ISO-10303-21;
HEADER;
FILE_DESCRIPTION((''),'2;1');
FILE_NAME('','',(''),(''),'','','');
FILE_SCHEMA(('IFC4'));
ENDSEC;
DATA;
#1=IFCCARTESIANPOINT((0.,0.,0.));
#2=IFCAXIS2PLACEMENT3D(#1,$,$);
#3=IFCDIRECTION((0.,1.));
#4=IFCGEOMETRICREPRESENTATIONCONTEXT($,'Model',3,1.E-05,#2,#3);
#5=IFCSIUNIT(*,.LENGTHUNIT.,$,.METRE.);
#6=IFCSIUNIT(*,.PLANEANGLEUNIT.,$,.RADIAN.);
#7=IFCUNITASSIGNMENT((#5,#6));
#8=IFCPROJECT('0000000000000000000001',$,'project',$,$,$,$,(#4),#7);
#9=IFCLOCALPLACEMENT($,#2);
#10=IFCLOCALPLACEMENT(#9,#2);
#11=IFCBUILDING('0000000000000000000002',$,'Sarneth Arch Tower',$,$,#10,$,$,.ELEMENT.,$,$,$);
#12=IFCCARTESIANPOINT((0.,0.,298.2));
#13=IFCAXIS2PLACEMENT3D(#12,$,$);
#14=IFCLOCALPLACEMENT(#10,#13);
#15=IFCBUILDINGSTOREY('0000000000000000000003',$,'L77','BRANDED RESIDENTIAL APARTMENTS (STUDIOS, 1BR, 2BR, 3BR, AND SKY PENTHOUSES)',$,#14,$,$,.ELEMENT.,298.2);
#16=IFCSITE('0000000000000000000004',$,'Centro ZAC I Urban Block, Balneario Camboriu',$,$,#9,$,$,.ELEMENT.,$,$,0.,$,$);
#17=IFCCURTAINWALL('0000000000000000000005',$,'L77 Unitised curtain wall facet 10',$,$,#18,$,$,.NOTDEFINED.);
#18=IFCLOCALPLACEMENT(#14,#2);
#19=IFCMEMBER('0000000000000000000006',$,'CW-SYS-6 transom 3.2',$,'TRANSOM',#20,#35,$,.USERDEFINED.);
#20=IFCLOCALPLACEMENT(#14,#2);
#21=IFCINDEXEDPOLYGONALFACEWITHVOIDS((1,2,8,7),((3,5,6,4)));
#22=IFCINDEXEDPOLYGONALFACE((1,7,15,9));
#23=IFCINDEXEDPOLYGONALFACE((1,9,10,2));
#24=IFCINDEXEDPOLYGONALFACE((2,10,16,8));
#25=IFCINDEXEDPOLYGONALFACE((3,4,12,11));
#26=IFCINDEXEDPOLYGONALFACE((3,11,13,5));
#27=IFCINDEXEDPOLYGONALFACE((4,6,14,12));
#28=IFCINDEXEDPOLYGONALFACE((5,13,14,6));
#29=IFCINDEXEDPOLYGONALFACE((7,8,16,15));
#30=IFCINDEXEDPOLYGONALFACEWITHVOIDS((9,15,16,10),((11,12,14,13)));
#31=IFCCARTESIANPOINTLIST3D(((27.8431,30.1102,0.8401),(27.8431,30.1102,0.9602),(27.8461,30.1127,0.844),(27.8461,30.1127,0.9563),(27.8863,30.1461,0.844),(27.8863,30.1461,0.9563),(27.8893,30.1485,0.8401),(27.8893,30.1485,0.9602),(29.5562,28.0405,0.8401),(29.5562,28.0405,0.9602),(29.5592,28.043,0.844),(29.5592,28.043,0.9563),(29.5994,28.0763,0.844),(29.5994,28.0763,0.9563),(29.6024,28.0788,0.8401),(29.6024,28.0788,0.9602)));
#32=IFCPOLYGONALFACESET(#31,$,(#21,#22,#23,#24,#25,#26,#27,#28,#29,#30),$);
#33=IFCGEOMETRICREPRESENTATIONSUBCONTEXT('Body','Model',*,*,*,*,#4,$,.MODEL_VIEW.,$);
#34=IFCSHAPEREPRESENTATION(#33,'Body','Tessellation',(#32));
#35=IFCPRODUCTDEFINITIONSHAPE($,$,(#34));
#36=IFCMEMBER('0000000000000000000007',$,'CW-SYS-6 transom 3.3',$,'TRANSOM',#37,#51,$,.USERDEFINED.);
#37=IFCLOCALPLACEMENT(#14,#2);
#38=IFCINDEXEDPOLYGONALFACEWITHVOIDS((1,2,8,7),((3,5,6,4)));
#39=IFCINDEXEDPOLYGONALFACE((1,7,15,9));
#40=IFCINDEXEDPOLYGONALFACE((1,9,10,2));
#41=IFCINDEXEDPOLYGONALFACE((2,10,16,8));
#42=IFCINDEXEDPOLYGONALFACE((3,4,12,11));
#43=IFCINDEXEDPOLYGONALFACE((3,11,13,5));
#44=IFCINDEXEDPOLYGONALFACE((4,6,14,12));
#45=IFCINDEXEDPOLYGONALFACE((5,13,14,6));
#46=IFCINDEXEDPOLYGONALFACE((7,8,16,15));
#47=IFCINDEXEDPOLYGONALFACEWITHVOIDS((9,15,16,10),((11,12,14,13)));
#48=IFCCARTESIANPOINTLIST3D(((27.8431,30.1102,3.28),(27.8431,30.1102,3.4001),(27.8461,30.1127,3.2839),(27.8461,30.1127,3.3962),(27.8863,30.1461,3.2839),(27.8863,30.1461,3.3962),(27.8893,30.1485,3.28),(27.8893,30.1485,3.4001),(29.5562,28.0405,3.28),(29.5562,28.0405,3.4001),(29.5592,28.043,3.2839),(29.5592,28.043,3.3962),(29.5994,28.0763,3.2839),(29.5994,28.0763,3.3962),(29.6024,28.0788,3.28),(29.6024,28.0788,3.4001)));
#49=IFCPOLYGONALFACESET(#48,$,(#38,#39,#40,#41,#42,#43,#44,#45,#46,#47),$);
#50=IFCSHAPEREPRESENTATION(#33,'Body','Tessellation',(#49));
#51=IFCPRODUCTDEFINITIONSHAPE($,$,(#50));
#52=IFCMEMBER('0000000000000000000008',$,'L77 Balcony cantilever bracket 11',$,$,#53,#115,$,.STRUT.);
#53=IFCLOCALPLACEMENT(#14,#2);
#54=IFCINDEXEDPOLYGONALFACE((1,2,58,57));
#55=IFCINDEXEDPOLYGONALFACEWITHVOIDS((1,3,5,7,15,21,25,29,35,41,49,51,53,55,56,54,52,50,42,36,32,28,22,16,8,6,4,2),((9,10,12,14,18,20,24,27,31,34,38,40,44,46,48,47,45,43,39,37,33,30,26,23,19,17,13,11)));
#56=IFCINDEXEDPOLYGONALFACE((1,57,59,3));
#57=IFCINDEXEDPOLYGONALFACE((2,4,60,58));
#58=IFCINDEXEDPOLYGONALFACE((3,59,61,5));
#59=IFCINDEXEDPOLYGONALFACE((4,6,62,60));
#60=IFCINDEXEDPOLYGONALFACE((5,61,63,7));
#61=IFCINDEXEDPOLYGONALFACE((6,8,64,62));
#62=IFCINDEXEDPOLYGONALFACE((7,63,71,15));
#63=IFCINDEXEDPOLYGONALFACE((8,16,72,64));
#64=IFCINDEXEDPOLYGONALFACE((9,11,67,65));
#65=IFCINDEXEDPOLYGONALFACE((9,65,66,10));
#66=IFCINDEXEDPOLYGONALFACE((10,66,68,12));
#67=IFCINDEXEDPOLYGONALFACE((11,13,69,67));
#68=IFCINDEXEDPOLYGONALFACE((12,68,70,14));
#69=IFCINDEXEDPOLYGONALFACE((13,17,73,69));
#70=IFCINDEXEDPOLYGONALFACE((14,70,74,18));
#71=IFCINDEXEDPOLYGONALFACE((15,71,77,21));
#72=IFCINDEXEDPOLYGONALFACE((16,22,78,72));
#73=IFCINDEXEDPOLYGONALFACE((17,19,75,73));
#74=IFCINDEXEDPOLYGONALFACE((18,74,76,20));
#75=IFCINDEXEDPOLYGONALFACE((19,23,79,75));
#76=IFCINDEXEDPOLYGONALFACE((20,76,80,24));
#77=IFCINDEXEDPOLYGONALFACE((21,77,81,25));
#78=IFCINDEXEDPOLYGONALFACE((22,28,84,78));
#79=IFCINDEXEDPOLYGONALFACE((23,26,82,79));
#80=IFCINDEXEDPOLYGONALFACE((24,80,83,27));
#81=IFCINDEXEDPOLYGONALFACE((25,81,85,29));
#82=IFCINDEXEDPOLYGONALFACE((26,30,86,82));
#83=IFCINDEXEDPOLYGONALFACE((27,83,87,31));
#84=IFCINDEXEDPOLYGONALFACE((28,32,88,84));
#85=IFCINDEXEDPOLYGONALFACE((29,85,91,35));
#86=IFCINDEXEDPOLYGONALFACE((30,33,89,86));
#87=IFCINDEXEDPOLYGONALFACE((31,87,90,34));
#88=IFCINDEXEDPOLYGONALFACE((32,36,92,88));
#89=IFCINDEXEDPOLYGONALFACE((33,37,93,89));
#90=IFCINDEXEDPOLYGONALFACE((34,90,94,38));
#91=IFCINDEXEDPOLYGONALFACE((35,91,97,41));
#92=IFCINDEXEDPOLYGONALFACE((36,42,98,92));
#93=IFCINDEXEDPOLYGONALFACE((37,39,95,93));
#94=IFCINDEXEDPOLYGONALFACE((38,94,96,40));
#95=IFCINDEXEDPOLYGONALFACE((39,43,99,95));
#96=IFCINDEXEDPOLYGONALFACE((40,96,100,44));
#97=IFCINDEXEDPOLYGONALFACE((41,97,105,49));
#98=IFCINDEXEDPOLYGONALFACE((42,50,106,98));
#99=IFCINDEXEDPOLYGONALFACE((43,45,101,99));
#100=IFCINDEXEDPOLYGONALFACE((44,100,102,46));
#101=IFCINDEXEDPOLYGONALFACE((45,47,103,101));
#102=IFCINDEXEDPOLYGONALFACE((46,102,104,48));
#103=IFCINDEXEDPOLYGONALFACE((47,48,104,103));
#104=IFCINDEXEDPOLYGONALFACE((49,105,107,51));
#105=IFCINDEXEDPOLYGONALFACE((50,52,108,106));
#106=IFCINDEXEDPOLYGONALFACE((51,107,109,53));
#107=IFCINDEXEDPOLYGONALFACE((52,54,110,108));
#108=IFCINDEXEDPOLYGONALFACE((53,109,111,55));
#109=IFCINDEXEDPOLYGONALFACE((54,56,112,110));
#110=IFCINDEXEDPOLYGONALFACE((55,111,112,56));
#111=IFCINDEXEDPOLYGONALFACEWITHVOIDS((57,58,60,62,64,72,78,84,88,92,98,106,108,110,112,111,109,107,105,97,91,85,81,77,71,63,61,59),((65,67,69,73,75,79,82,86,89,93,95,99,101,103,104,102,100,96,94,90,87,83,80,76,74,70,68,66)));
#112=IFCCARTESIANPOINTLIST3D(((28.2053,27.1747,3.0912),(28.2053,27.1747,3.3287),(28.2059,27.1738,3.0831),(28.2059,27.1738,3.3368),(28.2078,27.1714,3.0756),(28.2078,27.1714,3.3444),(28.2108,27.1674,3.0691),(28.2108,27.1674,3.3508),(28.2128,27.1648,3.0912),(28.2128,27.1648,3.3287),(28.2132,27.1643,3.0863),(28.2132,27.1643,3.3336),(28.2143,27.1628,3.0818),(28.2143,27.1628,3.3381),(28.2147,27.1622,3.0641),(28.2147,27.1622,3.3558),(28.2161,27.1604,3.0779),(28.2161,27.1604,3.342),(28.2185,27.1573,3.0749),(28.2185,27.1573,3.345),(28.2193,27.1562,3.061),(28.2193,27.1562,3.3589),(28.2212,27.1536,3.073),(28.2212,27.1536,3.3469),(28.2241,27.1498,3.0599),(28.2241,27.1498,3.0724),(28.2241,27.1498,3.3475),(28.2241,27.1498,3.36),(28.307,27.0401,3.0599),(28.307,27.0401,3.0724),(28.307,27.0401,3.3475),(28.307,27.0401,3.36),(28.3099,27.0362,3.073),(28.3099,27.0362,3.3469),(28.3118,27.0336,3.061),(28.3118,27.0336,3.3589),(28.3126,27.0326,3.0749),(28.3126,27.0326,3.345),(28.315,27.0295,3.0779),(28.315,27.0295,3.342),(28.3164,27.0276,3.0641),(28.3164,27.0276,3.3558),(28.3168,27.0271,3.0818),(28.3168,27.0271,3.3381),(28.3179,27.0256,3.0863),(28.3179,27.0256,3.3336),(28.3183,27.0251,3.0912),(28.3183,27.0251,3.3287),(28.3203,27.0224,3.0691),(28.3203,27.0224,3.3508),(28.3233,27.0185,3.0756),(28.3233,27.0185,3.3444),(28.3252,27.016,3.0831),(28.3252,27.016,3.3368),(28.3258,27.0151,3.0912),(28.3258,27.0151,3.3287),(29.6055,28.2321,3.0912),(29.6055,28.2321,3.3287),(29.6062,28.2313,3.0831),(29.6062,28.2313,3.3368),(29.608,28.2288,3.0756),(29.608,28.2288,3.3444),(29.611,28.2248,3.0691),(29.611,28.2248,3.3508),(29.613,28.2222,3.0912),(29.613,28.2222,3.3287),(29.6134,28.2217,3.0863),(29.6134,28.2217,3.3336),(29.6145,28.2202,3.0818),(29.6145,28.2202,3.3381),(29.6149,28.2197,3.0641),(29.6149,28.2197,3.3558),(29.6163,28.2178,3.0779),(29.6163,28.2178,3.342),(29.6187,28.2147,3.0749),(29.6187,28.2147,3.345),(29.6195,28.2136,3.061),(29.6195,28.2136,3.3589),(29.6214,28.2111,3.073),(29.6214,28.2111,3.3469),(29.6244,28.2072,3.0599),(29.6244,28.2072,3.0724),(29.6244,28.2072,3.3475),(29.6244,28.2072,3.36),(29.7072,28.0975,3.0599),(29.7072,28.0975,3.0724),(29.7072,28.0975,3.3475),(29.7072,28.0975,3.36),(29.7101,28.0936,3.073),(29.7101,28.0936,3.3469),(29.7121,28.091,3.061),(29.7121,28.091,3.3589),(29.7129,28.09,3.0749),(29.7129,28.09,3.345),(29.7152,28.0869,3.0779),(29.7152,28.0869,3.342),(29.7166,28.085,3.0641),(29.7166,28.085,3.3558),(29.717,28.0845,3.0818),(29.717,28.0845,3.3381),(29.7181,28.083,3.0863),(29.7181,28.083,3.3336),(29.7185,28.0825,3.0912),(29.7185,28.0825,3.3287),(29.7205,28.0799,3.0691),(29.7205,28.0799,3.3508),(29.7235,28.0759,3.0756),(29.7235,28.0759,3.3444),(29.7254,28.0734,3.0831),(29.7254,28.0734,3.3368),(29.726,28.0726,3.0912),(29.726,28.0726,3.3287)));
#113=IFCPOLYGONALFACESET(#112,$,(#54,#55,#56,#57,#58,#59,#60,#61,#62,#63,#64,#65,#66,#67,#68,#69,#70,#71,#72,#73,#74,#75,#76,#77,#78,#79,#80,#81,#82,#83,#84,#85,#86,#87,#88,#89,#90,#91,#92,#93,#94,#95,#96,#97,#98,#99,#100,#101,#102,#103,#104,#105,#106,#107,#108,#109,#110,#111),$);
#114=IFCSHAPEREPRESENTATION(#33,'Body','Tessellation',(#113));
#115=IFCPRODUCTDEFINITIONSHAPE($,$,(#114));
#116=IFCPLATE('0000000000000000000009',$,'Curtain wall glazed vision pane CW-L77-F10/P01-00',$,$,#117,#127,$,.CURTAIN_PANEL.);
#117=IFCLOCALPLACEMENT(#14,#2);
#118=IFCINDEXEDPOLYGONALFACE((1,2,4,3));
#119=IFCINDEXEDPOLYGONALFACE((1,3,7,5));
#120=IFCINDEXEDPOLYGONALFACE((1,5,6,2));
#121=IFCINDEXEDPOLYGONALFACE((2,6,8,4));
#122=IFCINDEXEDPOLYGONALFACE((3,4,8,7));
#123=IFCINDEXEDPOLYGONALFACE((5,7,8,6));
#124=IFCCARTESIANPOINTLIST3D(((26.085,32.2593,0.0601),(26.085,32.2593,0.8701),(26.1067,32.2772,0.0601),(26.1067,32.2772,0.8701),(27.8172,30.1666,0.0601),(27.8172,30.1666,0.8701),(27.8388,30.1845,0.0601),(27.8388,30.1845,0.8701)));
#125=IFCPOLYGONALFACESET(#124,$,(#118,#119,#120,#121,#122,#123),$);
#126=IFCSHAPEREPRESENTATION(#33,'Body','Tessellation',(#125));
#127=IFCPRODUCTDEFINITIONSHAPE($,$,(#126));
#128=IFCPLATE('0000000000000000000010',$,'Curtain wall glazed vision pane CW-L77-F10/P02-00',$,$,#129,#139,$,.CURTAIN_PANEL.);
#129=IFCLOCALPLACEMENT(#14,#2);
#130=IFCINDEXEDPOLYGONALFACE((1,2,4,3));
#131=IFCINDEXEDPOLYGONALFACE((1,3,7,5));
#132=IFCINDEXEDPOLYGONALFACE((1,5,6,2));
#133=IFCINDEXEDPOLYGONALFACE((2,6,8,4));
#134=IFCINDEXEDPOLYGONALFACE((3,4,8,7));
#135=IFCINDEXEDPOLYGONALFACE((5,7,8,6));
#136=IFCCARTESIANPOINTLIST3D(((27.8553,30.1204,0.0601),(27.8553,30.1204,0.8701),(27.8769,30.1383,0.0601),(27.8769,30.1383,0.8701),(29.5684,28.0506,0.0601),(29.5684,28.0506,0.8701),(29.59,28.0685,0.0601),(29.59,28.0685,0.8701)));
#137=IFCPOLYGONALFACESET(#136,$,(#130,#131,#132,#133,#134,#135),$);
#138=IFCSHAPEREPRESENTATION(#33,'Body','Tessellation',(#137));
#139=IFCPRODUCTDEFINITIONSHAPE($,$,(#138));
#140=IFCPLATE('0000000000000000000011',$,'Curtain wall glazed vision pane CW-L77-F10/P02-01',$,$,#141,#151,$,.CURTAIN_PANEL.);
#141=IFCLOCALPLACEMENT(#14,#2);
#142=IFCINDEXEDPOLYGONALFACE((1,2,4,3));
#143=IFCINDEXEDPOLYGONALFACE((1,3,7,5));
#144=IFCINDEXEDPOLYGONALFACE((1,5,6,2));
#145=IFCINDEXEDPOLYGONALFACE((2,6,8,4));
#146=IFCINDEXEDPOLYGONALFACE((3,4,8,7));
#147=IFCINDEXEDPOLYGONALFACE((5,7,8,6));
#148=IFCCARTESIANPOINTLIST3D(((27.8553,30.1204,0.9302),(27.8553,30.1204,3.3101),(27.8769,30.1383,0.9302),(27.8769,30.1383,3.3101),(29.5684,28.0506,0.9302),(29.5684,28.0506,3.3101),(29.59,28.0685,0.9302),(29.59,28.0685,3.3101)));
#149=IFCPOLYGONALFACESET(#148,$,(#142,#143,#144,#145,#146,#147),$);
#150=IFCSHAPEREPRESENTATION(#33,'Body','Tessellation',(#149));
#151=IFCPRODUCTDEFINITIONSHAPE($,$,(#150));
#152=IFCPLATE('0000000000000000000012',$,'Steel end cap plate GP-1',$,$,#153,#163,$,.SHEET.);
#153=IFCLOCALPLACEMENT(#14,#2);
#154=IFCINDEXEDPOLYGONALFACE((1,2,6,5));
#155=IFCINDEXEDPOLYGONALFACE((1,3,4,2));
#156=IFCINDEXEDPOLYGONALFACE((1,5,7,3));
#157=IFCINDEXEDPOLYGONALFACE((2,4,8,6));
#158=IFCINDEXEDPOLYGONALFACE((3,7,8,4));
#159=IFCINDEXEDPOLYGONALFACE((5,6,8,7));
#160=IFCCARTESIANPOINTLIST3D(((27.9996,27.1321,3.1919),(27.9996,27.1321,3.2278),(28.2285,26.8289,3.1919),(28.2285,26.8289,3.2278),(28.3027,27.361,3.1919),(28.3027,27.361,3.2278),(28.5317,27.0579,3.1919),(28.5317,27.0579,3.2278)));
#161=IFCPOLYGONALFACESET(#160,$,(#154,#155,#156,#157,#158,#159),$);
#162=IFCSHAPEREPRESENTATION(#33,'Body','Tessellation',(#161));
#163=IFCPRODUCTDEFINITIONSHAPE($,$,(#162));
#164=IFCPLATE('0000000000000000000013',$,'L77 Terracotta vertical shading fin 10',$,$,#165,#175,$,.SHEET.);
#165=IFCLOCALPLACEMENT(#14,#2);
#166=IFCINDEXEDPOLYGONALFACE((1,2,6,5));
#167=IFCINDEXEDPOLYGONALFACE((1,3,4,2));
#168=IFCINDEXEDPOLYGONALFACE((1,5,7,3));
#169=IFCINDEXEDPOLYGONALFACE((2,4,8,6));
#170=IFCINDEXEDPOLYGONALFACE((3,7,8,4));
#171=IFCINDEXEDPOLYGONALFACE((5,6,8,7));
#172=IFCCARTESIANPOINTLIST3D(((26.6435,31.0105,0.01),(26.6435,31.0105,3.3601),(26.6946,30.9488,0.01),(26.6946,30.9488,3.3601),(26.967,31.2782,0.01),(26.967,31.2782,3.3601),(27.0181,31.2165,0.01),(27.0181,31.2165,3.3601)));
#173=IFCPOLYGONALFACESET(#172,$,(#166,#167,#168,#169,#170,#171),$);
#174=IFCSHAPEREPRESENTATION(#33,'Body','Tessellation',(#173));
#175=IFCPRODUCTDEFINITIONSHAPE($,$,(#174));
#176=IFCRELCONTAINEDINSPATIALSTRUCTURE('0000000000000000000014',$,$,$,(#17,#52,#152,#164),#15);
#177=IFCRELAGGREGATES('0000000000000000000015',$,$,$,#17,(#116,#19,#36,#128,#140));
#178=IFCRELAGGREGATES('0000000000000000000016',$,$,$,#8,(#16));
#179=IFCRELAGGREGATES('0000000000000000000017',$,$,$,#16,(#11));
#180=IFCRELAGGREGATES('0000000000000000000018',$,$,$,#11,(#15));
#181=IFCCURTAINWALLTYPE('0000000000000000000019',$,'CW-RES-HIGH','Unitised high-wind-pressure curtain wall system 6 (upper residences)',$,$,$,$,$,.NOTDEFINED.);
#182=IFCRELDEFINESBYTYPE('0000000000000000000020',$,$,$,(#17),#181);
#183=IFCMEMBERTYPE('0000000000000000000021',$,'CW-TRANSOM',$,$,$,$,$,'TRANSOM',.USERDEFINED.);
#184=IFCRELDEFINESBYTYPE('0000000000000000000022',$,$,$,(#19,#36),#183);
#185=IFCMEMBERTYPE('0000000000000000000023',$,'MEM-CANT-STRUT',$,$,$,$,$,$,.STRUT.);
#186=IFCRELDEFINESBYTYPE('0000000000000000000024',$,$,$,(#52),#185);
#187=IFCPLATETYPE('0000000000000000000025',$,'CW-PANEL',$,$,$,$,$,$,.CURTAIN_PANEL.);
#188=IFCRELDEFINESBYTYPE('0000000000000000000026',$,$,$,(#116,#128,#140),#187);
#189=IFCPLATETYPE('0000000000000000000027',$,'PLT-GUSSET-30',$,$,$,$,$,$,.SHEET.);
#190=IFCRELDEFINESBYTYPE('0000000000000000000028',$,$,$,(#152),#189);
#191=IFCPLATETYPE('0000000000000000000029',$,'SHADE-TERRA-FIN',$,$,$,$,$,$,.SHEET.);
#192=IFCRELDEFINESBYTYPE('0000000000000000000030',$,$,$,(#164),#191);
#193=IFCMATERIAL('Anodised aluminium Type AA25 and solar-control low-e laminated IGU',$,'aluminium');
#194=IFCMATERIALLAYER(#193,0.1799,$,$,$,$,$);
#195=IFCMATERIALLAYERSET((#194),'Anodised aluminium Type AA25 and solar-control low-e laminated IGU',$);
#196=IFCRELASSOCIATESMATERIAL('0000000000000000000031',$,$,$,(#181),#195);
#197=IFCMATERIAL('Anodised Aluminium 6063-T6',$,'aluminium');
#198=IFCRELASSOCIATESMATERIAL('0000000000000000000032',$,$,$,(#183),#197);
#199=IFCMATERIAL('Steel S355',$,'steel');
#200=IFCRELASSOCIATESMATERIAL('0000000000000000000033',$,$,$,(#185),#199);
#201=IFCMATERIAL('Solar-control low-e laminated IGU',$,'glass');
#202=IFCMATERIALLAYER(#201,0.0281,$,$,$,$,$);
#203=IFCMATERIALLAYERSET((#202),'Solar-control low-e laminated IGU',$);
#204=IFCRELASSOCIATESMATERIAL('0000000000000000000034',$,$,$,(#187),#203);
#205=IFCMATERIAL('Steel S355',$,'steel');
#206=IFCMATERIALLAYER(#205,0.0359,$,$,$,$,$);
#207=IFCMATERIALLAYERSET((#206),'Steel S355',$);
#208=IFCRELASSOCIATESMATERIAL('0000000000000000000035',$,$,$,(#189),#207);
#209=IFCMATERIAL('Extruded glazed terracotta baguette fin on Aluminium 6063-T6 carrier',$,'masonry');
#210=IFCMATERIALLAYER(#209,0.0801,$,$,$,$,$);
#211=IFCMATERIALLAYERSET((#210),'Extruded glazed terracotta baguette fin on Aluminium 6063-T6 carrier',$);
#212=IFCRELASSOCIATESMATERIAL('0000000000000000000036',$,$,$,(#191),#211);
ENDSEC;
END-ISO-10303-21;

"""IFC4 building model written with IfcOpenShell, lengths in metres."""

from ifc_helpers import new_model, si_unit, direction, frame, origin, origin_2d, place, context, subcontext, project, spatial, rectangle, hollow_rectangle, extrude, material, layer, layer_set, material_profile, profile_set, type_object, element, aggregate, save


model = new_model("IFC4")

# Units and contexts
model_context = context("Model", 3, precision=1e-05, world=origin(), true_north=direction((0.0, 1.0)))
body_context = subcontext(model_context, "Body", "Model", "MODEL_VIEW")
ifc_project = project(units=[si_unit("LENGTHUNIT", "METRE"), si_unit("PLANEANGLEUNIT", "RADIAN")], contexts=[model_context])

# Site, building, storey
site_placement = place(None, origin())
site = spatial("IfcSite", under=ifc_project, at=site_placement, Name="Centro ZAC I Urban Block, Balneario Camboriu", CompositionType="ELEMENT", RefElevation=0.0)
building_placement = place(site_placement, origin())
building = spatial("IfcBuilding", under=site, at=building_placement, Name="Sarneth Arch Tower", CompositionType="ELEMENT")
storey_placement = place(building_placement, frame((0.0, 0.0, 298.2)))
storey = spatial("IfcBuildingStorey", under=building, at=storey_placement, Name="L77", Description="BRANDED RESIDENTIAL APARTMENTS (STUDIOS, 1BR, 2BR, 3BR, AND SKY PENTHOUSES)", CompositionType="ELEMENT", Elevation=298.2)

# Curtain wall, members
ifc_material_1 = material(Name="Anodised aluminium Type AA25 and solar-control low-e laminated IGU", Category="aluminium")
ifc_layer_1 = layer(ifc_material_1, 0.1799)
ifc_layer_set_1 = layer_set([ifc_layer_1], Name="Anodised aluminium Type AA25 and solar-control low-e laminated IGU")
curtain_wall_type = type_object("IfcCurtainWallType", Name="CW-RES-HIGH", Description="Unitised high-wind-pressure curtain wall system 6 (upper residences)", PredefinedType="NOTDEFINED", material=ifc_layer_set_1)
curtain_wall_placement = place(storey_placement, origin())
curtain_wall = element("IfcCurtainWall", 1, at=curtain_wall_placement, inside=storey, type_object=curtain_wall_type, Name="L77 Unitised curtain wall facet 10", PredefinedType="NOTDEFINED")
ifc_material_2 = material(Name="Anodised Aluminium 6063-T6", Category="aluminium")
ifc_material_profile_1 = material_profile(ifc_material_2, hollow_rectangle(XDim=0.0601, YDim=0.1201, WallThickness=0.0039, at=origin_2d()), Name="AL-TRAN-120x60x4")
ifc_profile_set_1 = profile_set([ifc_material_profile_1], Name="Anodised Aluminium 6063-T6")
member_type_1 = type_object("IfcMemberType", Name="CW-TRANSOM", ElementType="TRANSOM", PredefinedType="USERDEFINED", material=ifc_profile_set_1)
member_1_placement = place(storey_placement, frame((27.8662, 30.1294, 0.9001), z_axis=(0.637607, -0.770362, 0.0), x_axis=(0.770362, 0.637607, 0.0)))
member_1 = element("IfcMember", 2, at=member_1_placement, type_object=member_type_1, Name="CW-SYS-6 transom 3.2", ObjectType="TRANSOM", PredefinedType="USERDEFINED", context=body_context, shape_type="SweptSolid", body=[
    extrude(hollow_rectangle(XDim=0.0601, YDim=0.1201, WallThickness=0.0039, at=origin_2d()), origin(), (0.0, 0.0, 1.0), 2.6868),
])
member_2_placement = place(storey_placement, frame((27.8662, 30.1294, 3.3401), z_axis=(0.637607, -0.770362, 0.0), x_axis=(0.770362, 0.637607, 0.0)))
member_2 = element("IfcMember", 3, at=member_2_placement, type_object=member_type_1, Name="CW-SYS-6 transom 3.3", ObjectType="TRANSOM", PredefinedType="USERDEFINED", context=body_context, shape_type="SweptSolid", body=[
    extrude(hollow_rectangle(XDim=0.0601, YDim=0.1201, WallThickness=0.0039, at=origin_2d()), origin(), (0.0, 0.0, 1.0), 2.6868),
])

# Member
ifc_material_3 = material(Name="Steel S355", Category="steel")
ifc_material_profile_2 = material_profile(ifc_material_3, hollow_rectangle(XDim=0.2, YDim=0.3, WallThickness=0.0125, InnerFilletRadius=0.0188, OuterFilletRadius=0.0312, at=origin_2d()), Name="RHS300x200x12.5")
ifc_profile_set_2 = profile_set([ifc_material_profile_2], Name="Steel S355")
member_type_2 = type_object("IfcMemberType", Name="MEM-CANT-STRUT", PredefinedType="STRUT", material=ifc_profile_set_2)
member_3_placement = place(storey_placement, frame((29.6658, 28.1523, 3.21), z_axis=(-0.798009, -0.602646, 0.0), x_axis=(0.602646, -0.798009, 0.0)))
element("IfcMember", 4, at=member_3_placement, inside=storey, type_object=member_type_2, Name="L77 Balcony cantilever bracket 11", PredefinedType="STRUT", context=body_context, shape_type="SweptSolid", body=[
    extrude(hollow_rectangle(XDim=0.2, YDim=0.3, WallThickness=0.0125, InnerFilletRadius=0.0188, OuterFilletRadius=0.0312, at=origin_2d()), origin(), (0.0, 0.0, 1.0), 1.7546),
])

# Plates
ifc_material_4 = material(Name="Solar-control low-e laminated IGU", Category="glass")
ifc_layer_2 = layer(ifc_material_4, 0.0281)
ifc_layer_set_2 = layer_set([ifc_layer_2], Name="Solar-control low-e laminated IGU")
plate_type_1 = type_object("IfcPlateType", Name="CW-PANEL", PredefinedType="CURTAIN_PANEL", material=ifc_layer_set_2)
plate_1_placement = place(storey_placement, frame((26.9619, 31.2219, 0.0601), z_axis=(0.0, 0.0, 1.0), x_axis=(0.63761, -0.770359, 0.0)))
plate_1 = element("IfcPlate", 5, at=plate_1_placement, type_object=plate_type_1, Name="Curtain wall glazed vision pane CW-L77-F10/P01-00", PredefinedType="CURTAIN_PANEL", context=body_context, shape_type="SweptSolid", body=[
    extrude(rectangle(XDim=2.7166, YDim=0.0281, at=origin_2d()), origin(), (0.0, 0.0, 1.0), 0.8101),
])
plate_2_placement = place(storey_placement, frame((28.7227, 29.0945, 0.0601), z_axis=(0.0, 0.0, 1.0), x_axis=(0.63761, -0.770359, 0.0)))
plate_2 = element("IfcPlate", 6, at=plate_2_placement, type_object=plate_type_1, Name="Curtain wall glazed vision pane CW-L77-F10/P02-00", PredefinedType="CURTAIN_PANEL", context=body_context, shape_type="SweptSolid", body=[
    extrude(rectangle(XDim=2.6868, YDim=0.0281, at=origin_2d()), origin(), (0.0, 0.0, 1.0), 0.8101),
])
plate_3_placement = place(storey_placement, frame((28.7227, 29.0945, 0.9302), z_axis=(0.0, 0.0, 1.0), x_axis=(0.63761, -0.770359, 0.0)))
plate_3 = element("IfcPlate", 7, at=plate_3_placement, type_object=plate_type_1, Name="Curtain wall glazed vision pane CW-L77-F10/P02-01", PredefinedType="CURTAIN_PANEL", context=body_context, shape_type="SweptSolid", body=[
    extrude(rectangle(XDim=2.6868, YDim=0.0281, at=origin_2d()), origin(), (0.0, 0.0, 1.0), 2.3799),
])
aggregate(curtain_wall, [plate_1, member_1, member_2, plate_2, plate_3])

# Plates
ifc_material_5 = material(Name="Steel S355", Category="steel")
ifc_layer_3 = layer(ifc_material_5, 0.0359)
ifc_layer_set_3 = layer_set([ifc_layer_3], Name="Steel S355")
plate_type_2 = type_object("IfcPlateType", Name="PLT-GUSSET-30", PredefinedType="SHEET", material=ifc_layer_set_3)
plate_4_placement = place(storey_placement, frame((28.2656, 27.095, 3.1919), z_axis=(0.0, 0.0, 1.0), x_axis=(-0.798005, -0.602651, 0.0)))
element("IfcPlate", 8, at=plate_4_placement, inside=storey, type_object=plate_type_2, Name="Steel end cap plate GP-1", PredefinedType="SHEET", context=body_context, shape_type="SweptSolid", body=[
    extrude(rectangle(XDim=0.3799, YDim=0.3799, at=origin_2d()), origin(), (0.0, 0.0, 1.0), 0.0359),
])
ifc_material_6 = material(Name="Extruded glazed terracotta baguette fin on Aluminium 6063-T6 carrier", Category="masonry")
ifc_layer_4 = layer(ifc_material_6, 0.0801)
ifc_layer_set_4 = layer_set([ifc_layer_4], Name="Extruded glazed terracotta baguette fin on Aluminium 6063-T6 carrier")
plate_type_3 = type_object("IfcPlateType", Name="SHADE-TERRA-FIN", PredefinedType="SHEET", material=ifc_layer_set_4)
plate_5_placement = place(storey_placement, frame((26.8308, 31.1135, 0.01), z_axis=(0.0, 0.0, 1.0), x_axis=(-0.770402, -0.637558, 0.0)))
element("IfcPlate", 9, at=plate_5_placement, inside=storey, type_object=plate_type_3, Name="L77 Terracotta vertical shading fin 10", PredefinedType="SHEET", context=body_context, shape_type="SweptSolid", body=[
    extrude(rectangle(XDim=0.4199, YDim=0.0801, at=origin_2d()), origin(), (0.0, 0.0, 1.0), 3.3501),
])

save(model, "model.ifc")
